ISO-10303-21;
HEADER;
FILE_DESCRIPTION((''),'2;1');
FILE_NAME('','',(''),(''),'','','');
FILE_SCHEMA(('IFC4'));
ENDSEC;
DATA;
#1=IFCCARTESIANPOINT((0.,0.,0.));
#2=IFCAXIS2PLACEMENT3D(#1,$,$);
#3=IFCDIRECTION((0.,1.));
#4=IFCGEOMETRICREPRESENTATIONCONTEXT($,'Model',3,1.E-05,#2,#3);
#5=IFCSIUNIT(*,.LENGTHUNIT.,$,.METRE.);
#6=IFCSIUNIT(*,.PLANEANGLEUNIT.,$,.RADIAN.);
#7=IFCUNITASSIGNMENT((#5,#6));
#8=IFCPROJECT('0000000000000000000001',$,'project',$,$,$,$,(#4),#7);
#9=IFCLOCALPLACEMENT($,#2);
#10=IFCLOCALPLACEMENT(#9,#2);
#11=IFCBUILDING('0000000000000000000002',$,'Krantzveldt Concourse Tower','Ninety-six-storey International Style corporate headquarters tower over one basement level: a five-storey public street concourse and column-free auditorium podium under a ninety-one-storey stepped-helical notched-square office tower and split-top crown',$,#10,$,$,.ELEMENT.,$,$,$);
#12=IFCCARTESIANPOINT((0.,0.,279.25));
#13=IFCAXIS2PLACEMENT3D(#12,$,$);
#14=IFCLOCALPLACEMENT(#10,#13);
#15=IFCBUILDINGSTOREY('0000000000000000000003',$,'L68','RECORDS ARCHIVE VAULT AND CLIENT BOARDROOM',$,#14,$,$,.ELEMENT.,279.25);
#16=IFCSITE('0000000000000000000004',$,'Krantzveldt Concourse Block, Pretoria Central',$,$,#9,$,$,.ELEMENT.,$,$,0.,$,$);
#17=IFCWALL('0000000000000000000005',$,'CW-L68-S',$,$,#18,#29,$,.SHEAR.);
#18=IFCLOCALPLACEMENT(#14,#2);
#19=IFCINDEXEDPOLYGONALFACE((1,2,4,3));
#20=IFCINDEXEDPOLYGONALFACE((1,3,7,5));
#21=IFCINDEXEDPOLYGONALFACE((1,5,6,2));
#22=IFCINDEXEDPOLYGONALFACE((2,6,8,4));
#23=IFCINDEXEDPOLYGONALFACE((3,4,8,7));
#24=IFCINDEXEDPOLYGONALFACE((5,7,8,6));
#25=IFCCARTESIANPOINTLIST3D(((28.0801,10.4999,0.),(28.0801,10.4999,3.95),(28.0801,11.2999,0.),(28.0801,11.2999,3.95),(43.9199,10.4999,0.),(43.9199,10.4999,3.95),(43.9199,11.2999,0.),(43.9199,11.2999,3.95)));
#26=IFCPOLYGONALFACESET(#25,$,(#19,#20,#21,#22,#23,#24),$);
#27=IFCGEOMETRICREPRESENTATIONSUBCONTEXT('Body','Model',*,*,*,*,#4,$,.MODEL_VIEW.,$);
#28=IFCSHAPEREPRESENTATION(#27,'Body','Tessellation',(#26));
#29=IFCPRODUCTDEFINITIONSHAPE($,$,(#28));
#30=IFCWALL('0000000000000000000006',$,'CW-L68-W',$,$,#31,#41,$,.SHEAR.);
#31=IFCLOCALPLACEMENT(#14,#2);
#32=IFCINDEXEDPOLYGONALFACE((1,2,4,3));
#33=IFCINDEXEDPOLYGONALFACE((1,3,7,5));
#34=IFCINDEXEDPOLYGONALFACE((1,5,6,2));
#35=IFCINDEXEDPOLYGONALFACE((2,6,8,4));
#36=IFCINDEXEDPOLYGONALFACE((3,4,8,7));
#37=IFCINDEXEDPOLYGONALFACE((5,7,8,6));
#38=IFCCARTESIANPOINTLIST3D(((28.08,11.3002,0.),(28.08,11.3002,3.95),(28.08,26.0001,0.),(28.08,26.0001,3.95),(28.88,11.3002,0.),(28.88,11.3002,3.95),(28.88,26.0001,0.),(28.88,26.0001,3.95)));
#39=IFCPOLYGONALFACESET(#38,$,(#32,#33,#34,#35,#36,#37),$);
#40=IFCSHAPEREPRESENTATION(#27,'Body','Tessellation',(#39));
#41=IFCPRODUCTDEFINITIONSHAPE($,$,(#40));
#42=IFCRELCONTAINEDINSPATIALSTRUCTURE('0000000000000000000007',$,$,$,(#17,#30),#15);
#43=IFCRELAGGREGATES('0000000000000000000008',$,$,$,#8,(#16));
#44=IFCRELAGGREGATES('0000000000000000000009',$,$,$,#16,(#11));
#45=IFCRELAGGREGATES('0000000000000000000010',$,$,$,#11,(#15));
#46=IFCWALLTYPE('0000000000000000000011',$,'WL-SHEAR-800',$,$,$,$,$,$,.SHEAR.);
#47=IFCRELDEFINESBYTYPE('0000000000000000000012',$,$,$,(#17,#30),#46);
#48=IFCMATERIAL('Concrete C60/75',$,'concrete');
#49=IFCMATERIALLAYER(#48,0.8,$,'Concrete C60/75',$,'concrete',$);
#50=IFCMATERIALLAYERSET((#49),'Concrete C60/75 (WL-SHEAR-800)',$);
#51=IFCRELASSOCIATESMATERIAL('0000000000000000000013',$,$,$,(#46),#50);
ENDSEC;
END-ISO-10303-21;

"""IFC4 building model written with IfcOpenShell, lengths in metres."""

from ifc_helpers import new_model, si_unit, direction, frame, frame_2d, origin, place, context, subcontext, project, spatial, rectangle, extrude, material, layer, layer_set, type_object, element, save


model = new_model("IFC4")

# Units and contexts
model_context = context("Model", 3, precision=1e-05, world=origin(), true_north=direction((0.0, 1.0)))
body_context = subcontext(model_context, "Body", "Model", "MODEL_VIEW")
ifc_project = project(units=[si_unit("LENGTHUNIT", "METRE"), si_unit("PLANEANGLEUNIT", "RADIAN")], contexts=[model_context])

# Site, building, storey
site_placement = place(None, origin())
site = spatial("IfcSite", under=ifc_project, at=site_placement, Name="Krantzveldt Concourse Block, Pretoria Central", CompositionType="ELEMENT", RefElevation=0.0)
building_placement = place(site_placement, origin())
building = spatial("IfcBuilding", under=site, at=building_placement, Name="Krantzveldt Concourse Tower", Description="Ninety-six-storey International Style corporate headquarters tower over one basement level: a five-storey public street concourse and column-free auditorium podium under a ninety-one-storey stepped-helical notched-square office tower and split-top crown", CompositionType="ELEMENT")
storey_placement = place(building_placement, frame((0.0, 0.0, 279.25)))
storey = spatial("IfcBuildingStorey", under=building, at=storey_placement, Name="L68", Description="RECORDS ARCHIVE VAULT AND CLIENT BOARDROOM", CompositionType="ELEMENT", Elevation=279.25)

# Walls
ifc_material_1 = material(Name="Concrete C60/75", Category="concrete")
ifc_layer_1 = layer(ifc_material_1, 0.8, Name="Concrete C60/75", Category="concrete")
ifc_layer_set_1 = layer_set([ifc_layer_1], Name="Concrete C60/75 (WL-SHEAR-800)")
wall_type_1 = type_object("IfcWallType", Name="WL-SHEAR-800", PredefinedType="SHEAR", material=ifc_layer_set_1)
wall_1_placement = place(storey_placement, frame((28.0801, 10.8999, 0.0), z_axis=(0.0, 0.0, 1.0), x_axis=(1.0, 0.0, 0.0)))
element("IfcWall", 1, at=wall_1_placement, inside=storey, type_object=wall_type_1, Name="CW-L68-S", PredefinedType="SHEAR", context=body_context, shape_type="SweptSolid", body=[
    extrude(rectangle(XDim=15.8398, YDim=0.8, at=frame_2d((7.9199, 0.0))), origin(), (0.0, 0.0, 1.0), 3.95),
])
wall_2_placement = place(storey_placement, frame((28.48, 11.3, 0.0), z_axis=(0.0, 0.0, 1.0), x_axis=(0.0, 1.0, 0.0)))
element("IfcWall", 2, at=wall_2_placement, inside=storey, type_object=wall_type_1, Name="CW-L68-W", PredefinedType="SHEAR", context=body_context, shape_type="SweptSolid", body=[
    extrude(rectangle(XDim=14.7, YDim=0.8, at=frame_2d((7.3501, 0.0))), origin(), (0.0, 0.0, 1.0), 3.95),
])

save(model, "model.ifc")
